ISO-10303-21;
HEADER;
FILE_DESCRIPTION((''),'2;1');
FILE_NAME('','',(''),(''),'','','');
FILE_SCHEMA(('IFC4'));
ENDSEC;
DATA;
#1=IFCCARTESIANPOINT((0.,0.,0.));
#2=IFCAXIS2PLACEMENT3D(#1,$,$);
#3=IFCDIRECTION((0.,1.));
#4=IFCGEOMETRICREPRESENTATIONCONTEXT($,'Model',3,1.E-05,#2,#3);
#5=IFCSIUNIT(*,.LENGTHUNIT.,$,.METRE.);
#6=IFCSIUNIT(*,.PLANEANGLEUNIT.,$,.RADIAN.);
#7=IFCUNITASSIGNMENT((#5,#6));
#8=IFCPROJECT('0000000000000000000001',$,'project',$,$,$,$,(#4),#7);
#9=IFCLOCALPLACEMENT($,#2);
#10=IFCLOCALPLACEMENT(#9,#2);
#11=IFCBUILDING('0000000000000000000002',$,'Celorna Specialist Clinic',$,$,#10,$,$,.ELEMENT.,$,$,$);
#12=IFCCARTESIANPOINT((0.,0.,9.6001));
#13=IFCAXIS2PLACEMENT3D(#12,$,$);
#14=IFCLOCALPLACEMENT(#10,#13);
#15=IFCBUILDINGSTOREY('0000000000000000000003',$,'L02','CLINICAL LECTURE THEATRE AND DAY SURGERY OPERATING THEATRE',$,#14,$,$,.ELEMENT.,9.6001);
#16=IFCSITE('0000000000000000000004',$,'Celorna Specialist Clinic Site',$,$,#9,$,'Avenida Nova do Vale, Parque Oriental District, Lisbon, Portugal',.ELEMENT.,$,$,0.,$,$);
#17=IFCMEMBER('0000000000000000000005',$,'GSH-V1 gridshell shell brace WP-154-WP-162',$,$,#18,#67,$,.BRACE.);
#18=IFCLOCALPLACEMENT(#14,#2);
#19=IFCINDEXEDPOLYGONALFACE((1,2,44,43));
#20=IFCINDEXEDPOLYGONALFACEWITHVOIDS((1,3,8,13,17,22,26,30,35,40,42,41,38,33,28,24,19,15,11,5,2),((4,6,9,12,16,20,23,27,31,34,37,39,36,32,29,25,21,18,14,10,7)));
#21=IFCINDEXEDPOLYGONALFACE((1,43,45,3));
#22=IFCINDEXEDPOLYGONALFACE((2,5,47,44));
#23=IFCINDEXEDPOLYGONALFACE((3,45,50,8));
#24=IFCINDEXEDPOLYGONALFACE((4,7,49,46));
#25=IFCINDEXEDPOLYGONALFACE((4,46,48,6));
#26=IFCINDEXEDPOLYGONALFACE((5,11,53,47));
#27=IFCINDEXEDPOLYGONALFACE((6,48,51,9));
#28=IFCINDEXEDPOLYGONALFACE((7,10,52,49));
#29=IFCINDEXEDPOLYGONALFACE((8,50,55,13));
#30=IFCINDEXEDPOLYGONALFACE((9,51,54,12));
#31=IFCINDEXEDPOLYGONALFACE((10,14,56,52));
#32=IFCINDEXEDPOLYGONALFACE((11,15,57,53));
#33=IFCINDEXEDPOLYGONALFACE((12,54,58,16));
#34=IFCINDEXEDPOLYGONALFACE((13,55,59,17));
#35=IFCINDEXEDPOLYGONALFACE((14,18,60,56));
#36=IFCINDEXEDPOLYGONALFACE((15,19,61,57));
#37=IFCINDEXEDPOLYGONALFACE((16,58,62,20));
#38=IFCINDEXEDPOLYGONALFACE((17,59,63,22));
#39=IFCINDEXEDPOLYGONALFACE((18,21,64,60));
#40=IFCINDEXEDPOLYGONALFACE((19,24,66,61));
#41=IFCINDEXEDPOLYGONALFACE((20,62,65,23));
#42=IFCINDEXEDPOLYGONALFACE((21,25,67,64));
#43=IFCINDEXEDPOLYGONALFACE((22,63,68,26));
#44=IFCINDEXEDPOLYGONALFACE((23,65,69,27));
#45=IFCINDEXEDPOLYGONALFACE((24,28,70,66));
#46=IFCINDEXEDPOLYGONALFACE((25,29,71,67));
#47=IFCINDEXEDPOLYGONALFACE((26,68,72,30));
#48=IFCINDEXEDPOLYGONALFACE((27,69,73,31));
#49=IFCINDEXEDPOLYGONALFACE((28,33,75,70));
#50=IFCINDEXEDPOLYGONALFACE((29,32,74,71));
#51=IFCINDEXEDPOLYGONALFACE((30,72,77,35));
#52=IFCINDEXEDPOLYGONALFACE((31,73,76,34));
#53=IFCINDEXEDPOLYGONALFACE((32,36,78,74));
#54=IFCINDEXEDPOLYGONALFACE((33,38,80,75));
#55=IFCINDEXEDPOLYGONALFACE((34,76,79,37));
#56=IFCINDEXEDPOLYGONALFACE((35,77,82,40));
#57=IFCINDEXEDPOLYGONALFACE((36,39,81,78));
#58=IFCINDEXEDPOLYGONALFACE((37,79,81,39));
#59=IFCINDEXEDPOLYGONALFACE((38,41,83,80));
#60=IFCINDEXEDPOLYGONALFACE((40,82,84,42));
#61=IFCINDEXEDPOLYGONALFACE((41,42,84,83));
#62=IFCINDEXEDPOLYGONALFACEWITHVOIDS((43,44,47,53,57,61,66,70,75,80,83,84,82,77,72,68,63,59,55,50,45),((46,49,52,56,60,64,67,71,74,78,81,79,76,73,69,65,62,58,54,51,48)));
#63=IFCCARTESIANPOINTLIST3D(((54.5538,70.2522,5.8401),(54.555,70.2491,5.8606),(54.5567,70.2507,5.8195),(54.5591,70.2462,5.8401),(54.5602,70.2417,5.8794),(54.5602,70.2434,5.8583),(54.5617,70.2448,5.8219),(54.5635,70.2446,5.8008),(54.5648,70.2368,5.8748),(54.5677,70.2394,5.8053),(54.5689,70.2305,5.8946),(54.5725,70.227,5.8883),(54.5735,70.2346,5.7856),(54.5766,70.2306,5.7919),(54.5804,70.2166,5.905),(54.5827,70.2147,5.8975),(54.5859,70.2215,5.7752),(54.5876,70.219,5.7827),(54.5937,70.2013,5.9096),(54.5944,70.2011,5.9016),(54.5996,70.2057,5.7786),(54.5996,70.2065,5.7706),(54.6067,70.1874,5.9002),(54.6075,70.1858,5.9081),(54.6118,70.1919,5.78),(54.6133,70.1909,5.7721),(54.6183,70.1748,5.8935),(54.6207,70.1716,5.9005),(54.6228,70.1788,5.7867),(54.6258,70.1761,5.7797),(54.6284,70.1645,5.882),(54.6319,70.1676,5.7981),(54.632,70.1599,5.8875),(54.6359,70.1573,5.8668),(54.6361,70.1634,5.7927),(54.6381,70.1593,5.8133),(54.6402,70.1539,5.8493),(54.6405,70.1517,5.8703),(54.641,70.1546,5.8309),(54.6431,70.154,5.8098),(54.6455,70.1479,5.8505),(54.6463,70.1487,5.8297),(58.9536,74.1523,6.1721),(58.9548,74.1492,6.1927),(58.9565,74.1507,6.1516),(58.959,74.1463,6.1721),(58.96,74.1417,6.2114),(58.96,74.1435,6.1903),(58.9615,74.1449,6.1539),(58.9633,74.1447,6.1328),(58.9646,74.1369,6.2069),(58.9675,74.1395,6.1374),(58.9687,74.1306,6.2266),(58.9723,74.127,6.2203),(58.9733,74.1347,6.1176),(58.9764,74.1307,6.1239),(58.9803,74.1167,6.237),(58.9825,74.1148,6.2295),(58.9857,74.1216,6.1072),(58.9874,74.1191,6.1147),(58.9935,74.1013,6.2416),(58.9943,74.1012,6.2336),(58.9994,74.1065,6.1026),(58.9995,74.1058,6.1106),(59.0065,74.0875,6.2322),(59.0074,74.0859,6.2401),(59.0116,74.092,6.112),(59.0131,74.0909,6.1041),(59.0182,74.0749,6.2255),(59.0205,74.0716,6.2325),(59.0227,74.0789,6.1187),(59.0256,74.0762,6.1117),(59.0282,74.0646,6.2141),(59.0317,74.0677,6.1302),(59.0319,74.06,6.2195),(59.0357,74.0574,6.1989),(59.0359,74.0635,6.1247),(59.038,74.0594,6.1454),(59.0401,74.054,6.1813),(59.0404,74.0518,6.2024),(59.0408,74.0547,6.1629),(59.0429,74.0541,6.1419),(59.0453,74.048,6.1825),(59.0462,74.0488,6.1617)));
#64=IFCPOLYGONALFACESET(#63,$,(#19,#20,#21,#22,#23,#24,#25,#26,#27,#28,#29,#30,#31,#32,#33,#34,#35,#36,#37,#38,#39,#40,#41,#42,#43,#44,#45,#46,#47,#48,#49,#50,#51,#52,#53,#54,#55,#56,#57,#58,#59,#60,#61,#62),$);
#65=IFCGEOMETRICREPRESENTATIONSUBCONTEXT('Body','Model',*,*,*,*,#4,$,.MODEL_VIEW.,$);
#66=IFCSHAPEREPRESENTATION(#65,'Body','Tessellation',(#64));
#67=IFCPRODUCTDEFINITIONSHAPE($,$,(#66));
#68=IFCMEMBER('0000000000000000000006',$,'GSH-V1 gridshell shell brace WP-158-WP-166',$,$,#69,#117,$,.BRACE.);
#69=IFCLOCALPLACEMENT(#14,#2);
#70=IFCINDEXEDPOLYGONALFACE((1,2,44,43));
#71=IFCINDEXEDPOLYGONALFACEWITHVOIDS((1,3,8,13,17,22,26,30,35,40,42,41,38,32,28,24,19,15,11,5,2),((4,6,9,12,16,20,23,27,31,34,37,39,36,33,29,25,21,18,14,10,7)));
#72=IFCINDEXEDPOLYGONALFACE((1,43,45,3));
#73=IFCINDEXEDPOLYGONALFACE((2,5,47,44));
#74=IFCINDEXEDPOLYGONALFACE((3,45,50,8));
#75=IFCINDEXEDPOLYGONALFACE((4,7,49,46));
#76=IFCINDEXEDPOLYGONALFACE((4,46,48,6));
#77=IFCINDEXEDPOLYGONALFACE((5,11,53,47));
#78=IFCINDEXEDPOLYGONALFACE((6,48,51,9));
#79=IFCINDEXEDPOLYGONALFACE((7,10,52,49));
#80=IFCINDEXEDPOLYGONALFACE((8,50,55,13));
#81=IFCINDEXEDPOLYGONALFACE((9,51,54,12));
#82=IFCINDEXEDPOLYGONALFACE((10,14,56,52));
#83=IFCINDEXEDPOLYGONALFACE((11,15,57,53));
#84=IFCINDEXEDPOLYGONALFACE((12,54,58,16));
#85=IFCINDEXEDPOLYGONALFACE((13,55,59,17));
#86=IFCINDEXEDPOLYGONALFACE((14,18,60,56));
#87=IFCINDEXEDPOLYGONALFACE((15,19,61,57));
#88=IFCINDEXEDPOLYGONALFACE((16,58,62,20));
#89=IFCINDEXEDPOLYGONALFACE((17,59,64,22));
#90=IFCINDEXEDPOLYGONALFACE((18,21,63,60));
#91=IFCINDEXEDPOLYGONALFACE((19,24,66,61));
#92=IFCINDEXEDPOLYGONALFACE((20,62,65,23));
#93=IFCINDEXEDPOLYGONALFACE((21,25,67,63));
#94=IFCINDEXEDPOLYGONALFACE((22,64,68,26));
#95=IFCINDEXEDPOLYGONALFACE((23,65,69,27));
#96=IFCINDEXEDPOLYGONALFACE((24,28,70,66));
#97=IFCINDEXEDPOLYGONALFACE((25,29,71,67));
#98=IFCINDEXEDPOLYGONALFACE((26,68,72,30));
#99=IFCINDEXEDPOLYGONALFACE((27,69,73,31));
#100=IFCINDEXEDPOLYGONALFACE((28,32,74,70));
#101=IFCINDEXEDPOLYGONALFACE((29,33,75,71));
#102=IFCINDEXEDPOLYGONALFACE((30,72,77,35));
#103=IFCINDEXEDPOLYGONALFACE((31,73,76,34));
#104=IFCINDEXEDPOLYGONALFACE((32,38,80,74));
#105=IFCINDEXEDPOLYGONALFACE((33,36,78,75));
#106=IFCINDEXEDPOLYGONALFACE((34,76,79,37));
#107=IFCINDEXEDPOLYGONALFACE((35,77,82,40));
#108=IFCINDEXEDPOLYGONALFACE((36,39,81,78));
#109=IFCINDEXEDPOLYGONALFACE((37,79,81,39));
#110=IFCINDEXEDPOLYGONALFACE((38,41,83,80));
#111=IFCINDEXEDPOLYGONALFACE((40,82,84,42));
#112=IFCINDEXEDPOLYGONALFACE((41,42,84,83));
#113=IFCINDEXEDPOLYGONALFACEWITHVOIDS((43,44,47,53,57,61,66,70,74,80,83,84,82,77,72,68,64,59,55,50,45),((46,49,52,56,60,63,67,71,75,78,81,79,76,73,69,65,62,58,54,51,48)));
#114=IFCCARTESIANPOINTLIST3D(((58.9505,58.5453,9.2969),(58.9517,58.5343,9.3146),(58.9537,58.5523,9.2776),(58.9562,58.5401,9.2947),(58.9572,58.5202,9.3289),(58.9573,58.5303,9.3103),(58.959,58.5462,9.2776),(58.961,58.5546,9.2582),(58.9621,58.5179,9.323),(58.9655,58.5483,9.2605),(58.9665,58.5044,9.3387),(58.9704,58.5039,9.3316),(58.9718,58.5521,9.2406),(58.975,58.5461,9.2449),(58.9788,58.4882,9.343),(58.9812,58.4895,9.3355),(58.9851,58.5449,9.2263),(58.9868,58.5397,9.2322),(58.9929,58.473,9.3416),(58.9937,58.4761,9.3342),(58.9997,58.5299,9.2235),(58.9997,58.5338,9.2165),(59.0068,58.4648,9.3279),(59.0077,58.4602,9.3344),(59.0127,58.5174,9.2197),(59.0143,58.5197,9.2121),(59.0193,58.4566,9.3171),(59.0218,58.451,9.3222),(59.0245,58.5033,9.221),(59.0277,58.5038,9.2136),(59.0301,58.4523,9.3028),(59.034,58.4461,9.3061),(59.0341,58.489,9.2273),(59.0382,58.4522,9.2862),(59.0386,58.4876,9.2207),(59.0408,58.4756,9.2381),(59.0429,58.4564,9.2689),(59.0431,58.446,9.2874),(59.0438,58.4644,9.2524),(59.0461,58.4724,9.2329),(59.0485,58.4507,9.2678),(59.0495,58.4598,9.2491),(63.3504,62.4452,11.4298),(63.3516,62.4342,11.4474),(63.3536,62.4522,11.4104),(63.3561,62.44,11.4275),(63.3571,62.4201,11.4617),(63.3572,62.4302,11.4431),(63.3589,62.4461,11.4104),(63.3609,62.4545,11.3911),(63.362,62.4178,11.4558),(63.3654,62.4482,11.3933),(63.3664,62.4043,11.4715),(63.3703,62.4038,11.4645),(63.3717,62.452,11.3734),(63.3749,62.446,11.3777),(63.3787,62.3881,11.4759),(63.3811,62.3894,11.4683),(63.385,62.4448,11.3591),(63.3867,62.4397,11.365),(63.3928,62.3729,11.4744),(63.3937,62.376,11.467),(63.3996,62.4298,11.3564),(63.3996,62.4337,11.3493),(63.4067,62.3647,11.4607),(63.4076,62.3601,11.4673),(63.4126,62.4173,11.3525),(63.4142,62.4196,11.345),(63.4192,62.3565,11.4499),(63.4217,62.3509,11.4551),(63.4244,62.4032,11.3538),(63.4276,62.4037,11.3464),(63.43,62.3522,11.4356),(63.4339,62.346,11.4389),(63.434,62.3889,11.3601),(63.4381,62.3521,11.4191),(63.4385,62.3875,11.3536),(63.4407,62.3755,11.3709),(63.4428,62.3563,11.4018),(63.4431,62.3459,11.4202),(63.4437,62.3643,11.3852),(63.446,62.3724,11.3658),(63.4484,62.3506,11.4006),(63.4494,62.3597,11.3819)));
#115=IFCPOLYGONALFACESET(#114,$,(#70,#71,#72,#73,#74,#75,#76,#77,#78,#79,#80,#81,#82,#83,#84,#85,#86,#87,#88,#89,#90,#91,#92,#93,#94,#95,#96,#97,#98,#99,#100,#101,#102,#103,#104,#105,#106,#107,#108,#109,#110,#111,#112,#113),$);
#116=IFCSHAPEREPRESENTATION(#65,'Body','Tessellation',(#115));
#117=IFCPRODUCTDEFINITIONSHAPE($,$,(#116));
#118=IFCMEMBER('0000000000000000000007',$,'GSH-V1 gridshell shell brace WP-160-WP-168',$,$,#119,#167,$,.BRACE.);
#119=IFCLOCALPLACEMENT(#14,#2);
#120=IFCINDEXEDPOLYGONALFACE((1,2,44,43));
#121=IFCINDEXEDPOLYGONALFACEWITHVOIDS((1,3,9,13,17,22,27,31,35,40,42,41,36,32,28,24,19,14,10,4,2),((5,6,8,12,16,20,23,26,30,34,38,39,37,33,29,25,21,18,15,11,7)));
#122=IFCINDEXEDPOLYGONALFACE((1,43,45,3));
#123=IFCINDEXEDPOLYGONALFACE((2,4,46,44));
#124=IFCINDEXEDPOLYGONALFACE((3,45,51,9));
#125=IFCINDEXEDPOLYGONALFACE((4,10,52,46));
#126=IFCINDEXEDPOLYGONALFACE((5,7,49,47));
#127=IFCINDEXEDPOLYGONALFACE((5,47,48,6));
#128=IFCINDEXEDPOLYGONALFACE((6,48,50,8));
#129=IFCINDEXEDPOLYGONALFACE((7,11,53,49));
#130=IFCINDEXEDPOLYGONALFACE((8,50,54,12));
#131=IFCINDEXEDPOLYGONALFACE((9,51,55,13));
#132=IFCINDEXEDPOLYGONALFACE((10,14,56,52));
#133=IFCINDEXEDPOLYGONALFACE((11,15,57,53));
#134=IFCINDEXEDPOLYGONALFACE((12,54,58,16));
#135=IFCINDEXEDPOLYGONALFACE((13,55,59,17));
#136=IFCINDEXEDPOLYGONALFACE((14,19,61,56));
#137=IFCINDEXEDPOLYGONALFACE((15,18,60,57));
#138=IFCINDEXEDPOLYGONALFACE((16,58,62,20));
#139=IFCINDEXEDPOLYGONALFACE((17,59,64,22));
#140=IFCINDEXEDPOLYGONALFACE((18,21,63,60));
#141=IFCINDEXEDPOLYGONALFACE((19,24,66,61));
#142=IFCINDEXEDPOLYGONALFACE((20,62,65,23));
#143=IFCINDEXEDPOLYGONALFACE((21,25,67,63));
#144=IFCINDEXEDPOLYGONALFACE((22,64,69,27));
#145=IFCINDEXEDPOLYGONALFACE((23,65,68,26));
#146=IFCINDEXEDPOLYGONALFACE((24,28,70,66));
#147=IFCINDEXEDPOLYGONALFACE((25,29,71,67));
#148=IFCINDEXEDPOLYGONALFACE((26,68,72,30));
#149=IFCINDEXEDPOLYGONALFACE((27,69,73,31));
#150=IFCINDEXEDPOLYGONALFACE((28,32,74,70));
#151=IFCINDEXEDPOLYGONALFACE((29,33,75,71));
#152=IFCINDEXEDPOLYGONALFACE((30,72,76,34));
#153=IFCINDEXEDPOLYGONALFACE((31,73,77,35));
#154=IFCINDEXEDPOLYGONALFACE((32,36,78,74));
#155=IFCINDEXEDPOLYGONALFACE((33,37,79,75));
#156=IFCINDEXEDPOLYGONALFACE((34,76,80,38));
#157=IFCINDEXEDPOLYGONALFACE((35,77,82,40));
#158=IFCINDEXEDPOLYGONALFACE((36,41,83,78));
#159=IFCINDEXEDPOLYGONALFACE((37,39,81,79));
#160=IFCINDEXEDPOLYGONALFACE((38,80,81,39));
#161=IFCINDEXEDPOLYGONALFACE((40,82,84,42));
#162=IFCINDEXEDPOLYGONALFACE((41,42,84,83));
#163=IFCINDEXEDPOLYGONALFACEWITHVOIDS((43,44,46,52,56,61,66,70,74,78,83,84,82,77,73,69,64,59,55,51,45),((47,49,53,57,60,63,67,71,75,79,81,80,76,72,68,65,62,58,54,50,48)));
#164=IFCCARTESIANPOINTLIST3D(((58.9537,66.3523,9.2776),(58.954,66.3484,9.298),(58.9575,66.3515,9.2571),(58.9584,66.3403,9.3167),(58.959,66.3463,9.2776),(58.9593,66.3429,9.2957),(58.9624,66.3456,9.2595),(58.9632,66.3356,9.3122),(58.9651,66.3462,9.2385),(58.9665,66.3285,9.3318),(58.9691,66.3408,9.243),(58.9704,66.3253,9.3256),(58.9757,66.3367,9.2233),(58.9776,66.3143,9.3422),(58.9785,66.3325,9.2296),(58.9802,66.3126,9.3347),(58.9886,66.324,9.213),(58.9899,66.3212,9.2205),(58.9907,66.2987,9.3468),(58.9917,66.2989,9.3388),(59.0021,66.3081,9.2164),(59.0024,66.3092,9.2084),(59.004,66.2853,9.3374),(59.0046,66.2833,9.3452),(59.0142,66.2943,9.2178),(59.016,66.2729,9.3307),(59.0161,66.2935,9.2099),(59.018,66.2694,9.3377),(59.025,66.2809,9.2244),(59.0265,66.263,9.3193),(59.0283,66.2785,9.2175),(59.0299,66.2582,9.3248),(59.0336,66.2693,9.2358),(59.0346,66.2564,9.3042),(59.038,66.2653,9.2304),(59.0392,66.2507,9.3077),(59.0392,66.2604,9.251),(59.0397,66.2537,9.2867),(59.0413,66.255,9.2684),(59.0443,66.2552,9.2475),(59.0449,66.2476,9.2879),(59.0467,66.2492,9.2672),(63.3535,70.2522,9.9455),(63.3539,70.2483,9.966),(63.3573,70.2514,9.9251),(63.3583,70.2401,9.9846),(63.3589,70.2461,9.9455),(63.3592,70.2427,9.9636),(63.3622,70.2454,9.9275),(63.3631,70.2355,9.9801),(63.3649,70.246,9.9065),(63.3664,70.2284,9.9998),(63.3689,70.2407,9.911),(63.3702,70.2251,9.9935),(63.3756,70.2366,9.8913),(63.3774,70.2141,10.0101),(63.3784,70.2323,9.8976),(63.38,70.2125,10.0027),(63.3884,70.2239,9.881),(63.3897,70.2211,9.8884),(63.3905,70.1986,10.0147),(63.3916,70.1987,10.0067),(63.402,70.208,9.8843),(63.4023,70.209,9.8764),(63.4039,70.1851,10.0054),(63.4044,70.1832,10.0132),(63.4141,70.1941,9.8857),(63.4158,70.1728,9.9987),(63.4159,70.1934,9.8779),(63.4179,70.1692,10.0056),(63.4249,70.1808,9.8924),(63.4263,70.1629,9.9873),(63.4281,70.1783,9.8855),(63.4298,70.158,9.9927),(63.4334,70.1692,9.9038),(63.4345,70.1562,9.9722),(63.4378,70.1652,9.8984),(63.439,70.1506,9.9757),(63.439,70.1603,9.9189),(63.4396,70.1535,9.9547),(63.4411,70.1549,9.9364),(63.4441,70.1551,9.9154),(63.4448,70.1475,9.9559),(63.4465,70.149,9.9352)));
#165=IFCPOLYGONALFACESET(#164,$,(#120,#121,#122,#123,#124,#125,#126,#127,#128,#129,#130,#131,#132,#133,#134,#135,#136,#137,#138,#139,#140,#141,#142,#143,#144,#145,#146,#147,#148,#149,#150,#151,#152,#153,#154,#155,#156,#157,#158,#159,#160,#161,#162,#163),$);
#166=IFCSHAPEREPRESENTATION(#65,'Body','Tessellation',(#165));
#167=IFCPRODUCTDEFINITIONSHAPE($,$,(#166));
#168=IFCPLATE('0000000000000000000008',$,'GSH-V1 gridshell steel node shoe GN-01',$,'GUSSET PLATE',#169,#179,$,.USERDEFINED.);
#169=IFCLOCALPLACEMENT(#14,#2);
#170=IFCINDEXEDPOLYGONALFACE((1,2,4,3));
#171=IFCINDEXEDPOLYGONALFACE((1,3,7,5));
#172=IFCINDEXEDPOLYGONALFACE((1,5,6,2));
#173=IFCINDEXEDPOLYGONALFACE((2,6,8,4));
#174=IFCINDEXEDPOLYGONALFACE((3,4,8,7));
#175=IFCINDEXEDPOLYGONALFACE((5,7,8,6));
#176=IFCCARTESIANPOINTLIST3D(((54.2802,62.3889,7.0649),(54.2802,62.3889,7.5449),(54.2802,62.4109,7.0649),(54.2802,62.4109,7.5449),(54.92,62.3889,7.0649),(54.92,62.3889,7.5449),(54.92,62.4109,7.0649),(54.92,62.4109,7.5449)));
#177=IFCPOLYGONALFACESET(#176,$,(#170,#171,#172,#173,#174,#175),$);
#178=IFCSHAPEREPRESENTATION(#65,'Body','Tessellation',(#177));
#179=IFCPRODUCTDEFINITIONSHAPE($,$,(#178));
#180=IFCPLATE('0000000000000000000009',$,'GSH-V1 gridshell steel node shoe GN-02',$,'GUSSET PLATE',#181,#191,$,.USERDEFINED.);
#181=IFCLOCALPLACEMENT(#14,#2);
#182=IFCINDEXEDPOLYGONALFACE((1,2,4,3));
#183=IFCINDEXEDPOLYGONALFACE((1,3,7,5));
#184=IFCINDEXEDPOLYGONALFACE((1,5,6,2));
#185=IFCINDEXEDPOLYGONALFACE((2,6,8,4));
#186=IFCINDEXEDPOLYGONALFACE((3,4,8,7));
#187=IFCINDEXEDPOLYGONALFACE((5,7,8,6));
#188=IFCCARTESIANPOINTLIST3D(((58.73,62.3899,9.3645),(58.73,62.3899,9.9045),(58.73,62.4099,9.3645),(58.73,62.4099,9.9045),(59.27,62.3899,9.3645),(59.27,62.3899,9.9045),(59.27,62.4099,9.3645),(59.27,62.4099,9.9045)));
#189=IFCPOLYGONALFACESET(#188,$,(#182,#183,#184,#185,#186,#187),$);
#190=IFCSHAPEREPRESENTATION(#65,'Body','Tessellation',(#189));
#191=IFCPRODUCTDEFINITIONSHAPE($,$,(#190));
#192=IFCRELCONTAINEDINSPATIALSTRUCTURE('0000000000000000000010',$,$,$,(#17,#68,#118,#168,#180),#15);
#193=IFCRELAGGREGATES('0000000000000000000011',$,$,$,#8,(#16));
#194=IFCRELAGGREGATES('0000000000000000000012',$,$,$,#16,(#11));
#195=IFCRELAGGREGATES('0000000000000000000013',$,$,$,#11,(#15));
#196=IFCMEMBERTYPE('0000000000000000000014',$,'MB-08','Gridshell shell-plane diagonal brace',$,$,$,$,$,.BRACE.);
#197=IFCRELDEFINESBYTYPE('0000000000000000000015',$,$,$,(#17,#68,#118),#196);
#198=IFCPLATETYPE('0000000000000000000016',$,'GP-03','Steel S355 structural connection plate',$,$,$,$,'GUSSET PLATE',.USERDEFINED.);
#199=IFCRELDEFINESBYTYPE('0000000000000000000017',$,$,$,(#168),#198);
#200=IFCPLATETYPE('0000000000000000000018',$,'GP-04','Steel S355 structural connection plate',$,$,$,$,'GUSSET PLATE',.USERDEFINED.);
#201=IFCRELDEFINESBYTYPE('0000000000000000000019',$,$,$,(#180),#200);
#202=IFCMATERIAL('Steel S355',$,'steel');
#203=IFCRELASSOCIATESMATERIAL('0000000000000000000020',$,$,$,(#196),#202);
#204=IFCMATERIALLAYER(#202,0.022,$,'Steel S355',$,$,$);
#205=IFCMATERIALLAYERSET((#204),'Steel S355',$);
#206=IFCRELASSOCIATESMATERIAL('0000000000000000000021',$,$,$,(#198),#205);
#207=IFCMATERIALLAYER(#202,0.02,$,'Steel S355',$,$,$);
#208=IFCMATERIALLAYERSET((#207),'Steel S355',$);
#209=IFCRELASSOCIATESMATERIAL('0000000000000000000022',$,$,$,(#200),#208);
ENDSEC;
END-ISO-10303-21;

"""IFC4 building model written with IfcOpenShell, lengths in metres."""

from ifc_helpers import new_model, si_unit, direction, frame, origin, origin_2d, place, context, subcontext, project, spatial, rectangle, hollow_circle, extrude, material, layer, layer_set, material_profile, profile_set, type_object, element, save


model = new_model("IFC4")

# Units and contexts
model_context = context("Model", 3, precision=1e-05, world=origin(), true_north=direction((0.0, 1.0)))
body_context = subcontext(model_context, "Body", "Model", "MODEL_VIEW")
ifc_project = project(units=[si_unit("LENGTHUNIT", "METRE"), si_unit("PLANEANGLEUNIT", "RADIAN")], contexts=[model_context])

# Site, building, storey
site_placement = place(None, origin())
site = spatial("IfcSite", under=ifc_project, at=site_placement, Name="Celorna Specialist Clinic Site", LongName="Avenida Nova do Vale, Parque Oriental District, Lisbon, Portugal", CompositionType="ELEMENT", RefElevation=0.0)
building_placement = place(site_placement, origin())
building = spatial("IfcBuilding", under=site, at=building_placement, Name="Celorna Specialist Clinic", CompositionType="ELEMENT")
storey_placement = place(building_placement, frame((0.0, 0.0, 9.6001)))
storey = spatial("IfcBuildingStorey", under=building, at=storey_placement, Name="L02", Description="CLINICAL LECTURE THEATRE AND DAY SURGERY OPERATING THEATRE", CompositionType="ELEMENT", Elevation=9.6001)

# Shared definitions
ifc_material_1 = material(Name="Steel S355", Category="steel")

# Members
ifc_material_profile_1 = material_profile(ifc_material_1, hollow_circle(Radius=0.0698, WallThickness=0.0081, at=origin_2d()), Name="CHS 139.7x8")
ifc_profile_set_1 = profile_set([ifc_material_profile_1], Name="Steel S355")
member_type_1 = type_object("IfcMemberType", Name="MB-08", Description="Gridshell shell-plane diagonal brace", PredefinedType="BRACE", material=ifc_profile_set_1)
member_1_placement = place(storey_placement, frame((54.6001, 70.2, 5.8401), z_axis=(0.747137, 0.662275, 0.056381), x_axis=(-0.66333, 0.748327, 0.0)))
element("IfcMember", 1, at=member_1_placement, inside=storey, type_object=member_type_1, Name="GSH-V1 gridshell shell brace WP-154-WP-162", PredefinedType="BRACE", context=body_context, shape_type="SweptSolid", body=[
    extrude(hollow_circle(Radius=0.0698, WallThickness=0.0081, at=origin_2d()), origin(), (0.0, 0.0, 1.0), 5.8889),
])
member_2_placement = place(storey_placement, frame((59.0, 58.5, 9.2776), z_axis=(0.703491, 0.623547, 0.341011), x_axis=(-0.663306, 0.748348, 0.0)))
element("IfcMember", 2, at=member_2_placement, inside=storey, type_object=member_type_1, Name="GSH-V1 gridshell shell brace WP-158-WP-166", PredefinedType="BRACE", context=body_context, shape_type="SweptSolid", body=[
    extrude(hollow_circle(Radius=0.0698, WallThickness=0.0081, at=origin_2d()), origin(), (0.0, 0.0, 1.0), 6.2544),
])
member_3_placement = place(storey_placement, frame((59.0, 66.3, 9.2776), z_axis=(0.743565, 0.659067, 0.112884), x_axis=(-0.663306, 0.748348, 0.0)))
element("IfcMember", 3, at=member_3_placement, inside=storey, type_object=member_type_1, Name="GSH-V1 gridshell shell brace WP-160-WP-168", PredefinedType="BRACE", context=body_context, shape_type="SweptSolid", body=[
    extrude(hollow_circle(Radius=0.0698, WallThickness=0.0081, at=origin_2d()), origin(), (0.0, 0.0, 1.0), 5.9172),
])

# Plates
ifc_layer_1 = layer(ifc_material_1, 0.022, Name="Steel S355")
ifc_layer_set_1 = layer_set([ifc_layer_1], Name="Steel S355")
plate_type_1 = type_object("IfcPlateType", Name="GP-03", Description="Steel S355 structural connection plate", ElementType="GUSSET PLATE", PredefinedType="USERDEFINED", material=ifc_layer_set_1)
plate_1_placement = place(storey_placement, frame((54.6001, 62.3999, 7.0649), z_axis=(0.0, 0.0, 1.0), x_axis=(1.0, 0.0, 0.0)))
element("IfcPlate", 4, at=plate_1_placement, inside=storey, type_object=plate_type_1, Name="GSH-V1 gridshell steel node shoe GN-01", ObjectType="GUSSET PLATE", PredefinedType="USERDEFINED", context=body_context, shape_type="SweptSolid", body=[
    extrude(rectangle(XDim=0.6399, YDim=0.022, at=origin_2d()), origin(), (0.0, 0.0, 1.0), 0.48),
])
ifc_layer_2 = layer(ifc_material_1, 0.02, Name="Steel S355")
ifc_layer_set_2 = layer_set([ifc_layer_2], Name="Steel S355")
plate_type_2 = type_object("IfcPlateType", Name="GP-04", Description="Steel S355 structural connection plate", ElementType="GUSSET PLATE", PredefinedType="USERDEFINED", material=ifc_layer_set_2)
plate_2_placement = place(storey_placement, frame((59.0, 62.3999, 9.3645), z_axis=(0.0, 0.0, 1.0), x_axis=(1.0, 0.0, 0.0)))
element("IfcPlate", 5, at=plate_2_placement, inside=storey, type_object=plate_type_2, Name="GSH-V1 gridshell steel node shoe GN-02", ObjectType="GUSSET PLATE", PredefinedType="USERDEFINED", context=body_context, shape_type="SweptSolid", body=[
    extrude(rectangle(XDim=0.54, YDim=0.02, at=origin_2d()), origin(), (0.0, 0.0, 1.0), 0.54),
])

save(model, "model.ifc")
